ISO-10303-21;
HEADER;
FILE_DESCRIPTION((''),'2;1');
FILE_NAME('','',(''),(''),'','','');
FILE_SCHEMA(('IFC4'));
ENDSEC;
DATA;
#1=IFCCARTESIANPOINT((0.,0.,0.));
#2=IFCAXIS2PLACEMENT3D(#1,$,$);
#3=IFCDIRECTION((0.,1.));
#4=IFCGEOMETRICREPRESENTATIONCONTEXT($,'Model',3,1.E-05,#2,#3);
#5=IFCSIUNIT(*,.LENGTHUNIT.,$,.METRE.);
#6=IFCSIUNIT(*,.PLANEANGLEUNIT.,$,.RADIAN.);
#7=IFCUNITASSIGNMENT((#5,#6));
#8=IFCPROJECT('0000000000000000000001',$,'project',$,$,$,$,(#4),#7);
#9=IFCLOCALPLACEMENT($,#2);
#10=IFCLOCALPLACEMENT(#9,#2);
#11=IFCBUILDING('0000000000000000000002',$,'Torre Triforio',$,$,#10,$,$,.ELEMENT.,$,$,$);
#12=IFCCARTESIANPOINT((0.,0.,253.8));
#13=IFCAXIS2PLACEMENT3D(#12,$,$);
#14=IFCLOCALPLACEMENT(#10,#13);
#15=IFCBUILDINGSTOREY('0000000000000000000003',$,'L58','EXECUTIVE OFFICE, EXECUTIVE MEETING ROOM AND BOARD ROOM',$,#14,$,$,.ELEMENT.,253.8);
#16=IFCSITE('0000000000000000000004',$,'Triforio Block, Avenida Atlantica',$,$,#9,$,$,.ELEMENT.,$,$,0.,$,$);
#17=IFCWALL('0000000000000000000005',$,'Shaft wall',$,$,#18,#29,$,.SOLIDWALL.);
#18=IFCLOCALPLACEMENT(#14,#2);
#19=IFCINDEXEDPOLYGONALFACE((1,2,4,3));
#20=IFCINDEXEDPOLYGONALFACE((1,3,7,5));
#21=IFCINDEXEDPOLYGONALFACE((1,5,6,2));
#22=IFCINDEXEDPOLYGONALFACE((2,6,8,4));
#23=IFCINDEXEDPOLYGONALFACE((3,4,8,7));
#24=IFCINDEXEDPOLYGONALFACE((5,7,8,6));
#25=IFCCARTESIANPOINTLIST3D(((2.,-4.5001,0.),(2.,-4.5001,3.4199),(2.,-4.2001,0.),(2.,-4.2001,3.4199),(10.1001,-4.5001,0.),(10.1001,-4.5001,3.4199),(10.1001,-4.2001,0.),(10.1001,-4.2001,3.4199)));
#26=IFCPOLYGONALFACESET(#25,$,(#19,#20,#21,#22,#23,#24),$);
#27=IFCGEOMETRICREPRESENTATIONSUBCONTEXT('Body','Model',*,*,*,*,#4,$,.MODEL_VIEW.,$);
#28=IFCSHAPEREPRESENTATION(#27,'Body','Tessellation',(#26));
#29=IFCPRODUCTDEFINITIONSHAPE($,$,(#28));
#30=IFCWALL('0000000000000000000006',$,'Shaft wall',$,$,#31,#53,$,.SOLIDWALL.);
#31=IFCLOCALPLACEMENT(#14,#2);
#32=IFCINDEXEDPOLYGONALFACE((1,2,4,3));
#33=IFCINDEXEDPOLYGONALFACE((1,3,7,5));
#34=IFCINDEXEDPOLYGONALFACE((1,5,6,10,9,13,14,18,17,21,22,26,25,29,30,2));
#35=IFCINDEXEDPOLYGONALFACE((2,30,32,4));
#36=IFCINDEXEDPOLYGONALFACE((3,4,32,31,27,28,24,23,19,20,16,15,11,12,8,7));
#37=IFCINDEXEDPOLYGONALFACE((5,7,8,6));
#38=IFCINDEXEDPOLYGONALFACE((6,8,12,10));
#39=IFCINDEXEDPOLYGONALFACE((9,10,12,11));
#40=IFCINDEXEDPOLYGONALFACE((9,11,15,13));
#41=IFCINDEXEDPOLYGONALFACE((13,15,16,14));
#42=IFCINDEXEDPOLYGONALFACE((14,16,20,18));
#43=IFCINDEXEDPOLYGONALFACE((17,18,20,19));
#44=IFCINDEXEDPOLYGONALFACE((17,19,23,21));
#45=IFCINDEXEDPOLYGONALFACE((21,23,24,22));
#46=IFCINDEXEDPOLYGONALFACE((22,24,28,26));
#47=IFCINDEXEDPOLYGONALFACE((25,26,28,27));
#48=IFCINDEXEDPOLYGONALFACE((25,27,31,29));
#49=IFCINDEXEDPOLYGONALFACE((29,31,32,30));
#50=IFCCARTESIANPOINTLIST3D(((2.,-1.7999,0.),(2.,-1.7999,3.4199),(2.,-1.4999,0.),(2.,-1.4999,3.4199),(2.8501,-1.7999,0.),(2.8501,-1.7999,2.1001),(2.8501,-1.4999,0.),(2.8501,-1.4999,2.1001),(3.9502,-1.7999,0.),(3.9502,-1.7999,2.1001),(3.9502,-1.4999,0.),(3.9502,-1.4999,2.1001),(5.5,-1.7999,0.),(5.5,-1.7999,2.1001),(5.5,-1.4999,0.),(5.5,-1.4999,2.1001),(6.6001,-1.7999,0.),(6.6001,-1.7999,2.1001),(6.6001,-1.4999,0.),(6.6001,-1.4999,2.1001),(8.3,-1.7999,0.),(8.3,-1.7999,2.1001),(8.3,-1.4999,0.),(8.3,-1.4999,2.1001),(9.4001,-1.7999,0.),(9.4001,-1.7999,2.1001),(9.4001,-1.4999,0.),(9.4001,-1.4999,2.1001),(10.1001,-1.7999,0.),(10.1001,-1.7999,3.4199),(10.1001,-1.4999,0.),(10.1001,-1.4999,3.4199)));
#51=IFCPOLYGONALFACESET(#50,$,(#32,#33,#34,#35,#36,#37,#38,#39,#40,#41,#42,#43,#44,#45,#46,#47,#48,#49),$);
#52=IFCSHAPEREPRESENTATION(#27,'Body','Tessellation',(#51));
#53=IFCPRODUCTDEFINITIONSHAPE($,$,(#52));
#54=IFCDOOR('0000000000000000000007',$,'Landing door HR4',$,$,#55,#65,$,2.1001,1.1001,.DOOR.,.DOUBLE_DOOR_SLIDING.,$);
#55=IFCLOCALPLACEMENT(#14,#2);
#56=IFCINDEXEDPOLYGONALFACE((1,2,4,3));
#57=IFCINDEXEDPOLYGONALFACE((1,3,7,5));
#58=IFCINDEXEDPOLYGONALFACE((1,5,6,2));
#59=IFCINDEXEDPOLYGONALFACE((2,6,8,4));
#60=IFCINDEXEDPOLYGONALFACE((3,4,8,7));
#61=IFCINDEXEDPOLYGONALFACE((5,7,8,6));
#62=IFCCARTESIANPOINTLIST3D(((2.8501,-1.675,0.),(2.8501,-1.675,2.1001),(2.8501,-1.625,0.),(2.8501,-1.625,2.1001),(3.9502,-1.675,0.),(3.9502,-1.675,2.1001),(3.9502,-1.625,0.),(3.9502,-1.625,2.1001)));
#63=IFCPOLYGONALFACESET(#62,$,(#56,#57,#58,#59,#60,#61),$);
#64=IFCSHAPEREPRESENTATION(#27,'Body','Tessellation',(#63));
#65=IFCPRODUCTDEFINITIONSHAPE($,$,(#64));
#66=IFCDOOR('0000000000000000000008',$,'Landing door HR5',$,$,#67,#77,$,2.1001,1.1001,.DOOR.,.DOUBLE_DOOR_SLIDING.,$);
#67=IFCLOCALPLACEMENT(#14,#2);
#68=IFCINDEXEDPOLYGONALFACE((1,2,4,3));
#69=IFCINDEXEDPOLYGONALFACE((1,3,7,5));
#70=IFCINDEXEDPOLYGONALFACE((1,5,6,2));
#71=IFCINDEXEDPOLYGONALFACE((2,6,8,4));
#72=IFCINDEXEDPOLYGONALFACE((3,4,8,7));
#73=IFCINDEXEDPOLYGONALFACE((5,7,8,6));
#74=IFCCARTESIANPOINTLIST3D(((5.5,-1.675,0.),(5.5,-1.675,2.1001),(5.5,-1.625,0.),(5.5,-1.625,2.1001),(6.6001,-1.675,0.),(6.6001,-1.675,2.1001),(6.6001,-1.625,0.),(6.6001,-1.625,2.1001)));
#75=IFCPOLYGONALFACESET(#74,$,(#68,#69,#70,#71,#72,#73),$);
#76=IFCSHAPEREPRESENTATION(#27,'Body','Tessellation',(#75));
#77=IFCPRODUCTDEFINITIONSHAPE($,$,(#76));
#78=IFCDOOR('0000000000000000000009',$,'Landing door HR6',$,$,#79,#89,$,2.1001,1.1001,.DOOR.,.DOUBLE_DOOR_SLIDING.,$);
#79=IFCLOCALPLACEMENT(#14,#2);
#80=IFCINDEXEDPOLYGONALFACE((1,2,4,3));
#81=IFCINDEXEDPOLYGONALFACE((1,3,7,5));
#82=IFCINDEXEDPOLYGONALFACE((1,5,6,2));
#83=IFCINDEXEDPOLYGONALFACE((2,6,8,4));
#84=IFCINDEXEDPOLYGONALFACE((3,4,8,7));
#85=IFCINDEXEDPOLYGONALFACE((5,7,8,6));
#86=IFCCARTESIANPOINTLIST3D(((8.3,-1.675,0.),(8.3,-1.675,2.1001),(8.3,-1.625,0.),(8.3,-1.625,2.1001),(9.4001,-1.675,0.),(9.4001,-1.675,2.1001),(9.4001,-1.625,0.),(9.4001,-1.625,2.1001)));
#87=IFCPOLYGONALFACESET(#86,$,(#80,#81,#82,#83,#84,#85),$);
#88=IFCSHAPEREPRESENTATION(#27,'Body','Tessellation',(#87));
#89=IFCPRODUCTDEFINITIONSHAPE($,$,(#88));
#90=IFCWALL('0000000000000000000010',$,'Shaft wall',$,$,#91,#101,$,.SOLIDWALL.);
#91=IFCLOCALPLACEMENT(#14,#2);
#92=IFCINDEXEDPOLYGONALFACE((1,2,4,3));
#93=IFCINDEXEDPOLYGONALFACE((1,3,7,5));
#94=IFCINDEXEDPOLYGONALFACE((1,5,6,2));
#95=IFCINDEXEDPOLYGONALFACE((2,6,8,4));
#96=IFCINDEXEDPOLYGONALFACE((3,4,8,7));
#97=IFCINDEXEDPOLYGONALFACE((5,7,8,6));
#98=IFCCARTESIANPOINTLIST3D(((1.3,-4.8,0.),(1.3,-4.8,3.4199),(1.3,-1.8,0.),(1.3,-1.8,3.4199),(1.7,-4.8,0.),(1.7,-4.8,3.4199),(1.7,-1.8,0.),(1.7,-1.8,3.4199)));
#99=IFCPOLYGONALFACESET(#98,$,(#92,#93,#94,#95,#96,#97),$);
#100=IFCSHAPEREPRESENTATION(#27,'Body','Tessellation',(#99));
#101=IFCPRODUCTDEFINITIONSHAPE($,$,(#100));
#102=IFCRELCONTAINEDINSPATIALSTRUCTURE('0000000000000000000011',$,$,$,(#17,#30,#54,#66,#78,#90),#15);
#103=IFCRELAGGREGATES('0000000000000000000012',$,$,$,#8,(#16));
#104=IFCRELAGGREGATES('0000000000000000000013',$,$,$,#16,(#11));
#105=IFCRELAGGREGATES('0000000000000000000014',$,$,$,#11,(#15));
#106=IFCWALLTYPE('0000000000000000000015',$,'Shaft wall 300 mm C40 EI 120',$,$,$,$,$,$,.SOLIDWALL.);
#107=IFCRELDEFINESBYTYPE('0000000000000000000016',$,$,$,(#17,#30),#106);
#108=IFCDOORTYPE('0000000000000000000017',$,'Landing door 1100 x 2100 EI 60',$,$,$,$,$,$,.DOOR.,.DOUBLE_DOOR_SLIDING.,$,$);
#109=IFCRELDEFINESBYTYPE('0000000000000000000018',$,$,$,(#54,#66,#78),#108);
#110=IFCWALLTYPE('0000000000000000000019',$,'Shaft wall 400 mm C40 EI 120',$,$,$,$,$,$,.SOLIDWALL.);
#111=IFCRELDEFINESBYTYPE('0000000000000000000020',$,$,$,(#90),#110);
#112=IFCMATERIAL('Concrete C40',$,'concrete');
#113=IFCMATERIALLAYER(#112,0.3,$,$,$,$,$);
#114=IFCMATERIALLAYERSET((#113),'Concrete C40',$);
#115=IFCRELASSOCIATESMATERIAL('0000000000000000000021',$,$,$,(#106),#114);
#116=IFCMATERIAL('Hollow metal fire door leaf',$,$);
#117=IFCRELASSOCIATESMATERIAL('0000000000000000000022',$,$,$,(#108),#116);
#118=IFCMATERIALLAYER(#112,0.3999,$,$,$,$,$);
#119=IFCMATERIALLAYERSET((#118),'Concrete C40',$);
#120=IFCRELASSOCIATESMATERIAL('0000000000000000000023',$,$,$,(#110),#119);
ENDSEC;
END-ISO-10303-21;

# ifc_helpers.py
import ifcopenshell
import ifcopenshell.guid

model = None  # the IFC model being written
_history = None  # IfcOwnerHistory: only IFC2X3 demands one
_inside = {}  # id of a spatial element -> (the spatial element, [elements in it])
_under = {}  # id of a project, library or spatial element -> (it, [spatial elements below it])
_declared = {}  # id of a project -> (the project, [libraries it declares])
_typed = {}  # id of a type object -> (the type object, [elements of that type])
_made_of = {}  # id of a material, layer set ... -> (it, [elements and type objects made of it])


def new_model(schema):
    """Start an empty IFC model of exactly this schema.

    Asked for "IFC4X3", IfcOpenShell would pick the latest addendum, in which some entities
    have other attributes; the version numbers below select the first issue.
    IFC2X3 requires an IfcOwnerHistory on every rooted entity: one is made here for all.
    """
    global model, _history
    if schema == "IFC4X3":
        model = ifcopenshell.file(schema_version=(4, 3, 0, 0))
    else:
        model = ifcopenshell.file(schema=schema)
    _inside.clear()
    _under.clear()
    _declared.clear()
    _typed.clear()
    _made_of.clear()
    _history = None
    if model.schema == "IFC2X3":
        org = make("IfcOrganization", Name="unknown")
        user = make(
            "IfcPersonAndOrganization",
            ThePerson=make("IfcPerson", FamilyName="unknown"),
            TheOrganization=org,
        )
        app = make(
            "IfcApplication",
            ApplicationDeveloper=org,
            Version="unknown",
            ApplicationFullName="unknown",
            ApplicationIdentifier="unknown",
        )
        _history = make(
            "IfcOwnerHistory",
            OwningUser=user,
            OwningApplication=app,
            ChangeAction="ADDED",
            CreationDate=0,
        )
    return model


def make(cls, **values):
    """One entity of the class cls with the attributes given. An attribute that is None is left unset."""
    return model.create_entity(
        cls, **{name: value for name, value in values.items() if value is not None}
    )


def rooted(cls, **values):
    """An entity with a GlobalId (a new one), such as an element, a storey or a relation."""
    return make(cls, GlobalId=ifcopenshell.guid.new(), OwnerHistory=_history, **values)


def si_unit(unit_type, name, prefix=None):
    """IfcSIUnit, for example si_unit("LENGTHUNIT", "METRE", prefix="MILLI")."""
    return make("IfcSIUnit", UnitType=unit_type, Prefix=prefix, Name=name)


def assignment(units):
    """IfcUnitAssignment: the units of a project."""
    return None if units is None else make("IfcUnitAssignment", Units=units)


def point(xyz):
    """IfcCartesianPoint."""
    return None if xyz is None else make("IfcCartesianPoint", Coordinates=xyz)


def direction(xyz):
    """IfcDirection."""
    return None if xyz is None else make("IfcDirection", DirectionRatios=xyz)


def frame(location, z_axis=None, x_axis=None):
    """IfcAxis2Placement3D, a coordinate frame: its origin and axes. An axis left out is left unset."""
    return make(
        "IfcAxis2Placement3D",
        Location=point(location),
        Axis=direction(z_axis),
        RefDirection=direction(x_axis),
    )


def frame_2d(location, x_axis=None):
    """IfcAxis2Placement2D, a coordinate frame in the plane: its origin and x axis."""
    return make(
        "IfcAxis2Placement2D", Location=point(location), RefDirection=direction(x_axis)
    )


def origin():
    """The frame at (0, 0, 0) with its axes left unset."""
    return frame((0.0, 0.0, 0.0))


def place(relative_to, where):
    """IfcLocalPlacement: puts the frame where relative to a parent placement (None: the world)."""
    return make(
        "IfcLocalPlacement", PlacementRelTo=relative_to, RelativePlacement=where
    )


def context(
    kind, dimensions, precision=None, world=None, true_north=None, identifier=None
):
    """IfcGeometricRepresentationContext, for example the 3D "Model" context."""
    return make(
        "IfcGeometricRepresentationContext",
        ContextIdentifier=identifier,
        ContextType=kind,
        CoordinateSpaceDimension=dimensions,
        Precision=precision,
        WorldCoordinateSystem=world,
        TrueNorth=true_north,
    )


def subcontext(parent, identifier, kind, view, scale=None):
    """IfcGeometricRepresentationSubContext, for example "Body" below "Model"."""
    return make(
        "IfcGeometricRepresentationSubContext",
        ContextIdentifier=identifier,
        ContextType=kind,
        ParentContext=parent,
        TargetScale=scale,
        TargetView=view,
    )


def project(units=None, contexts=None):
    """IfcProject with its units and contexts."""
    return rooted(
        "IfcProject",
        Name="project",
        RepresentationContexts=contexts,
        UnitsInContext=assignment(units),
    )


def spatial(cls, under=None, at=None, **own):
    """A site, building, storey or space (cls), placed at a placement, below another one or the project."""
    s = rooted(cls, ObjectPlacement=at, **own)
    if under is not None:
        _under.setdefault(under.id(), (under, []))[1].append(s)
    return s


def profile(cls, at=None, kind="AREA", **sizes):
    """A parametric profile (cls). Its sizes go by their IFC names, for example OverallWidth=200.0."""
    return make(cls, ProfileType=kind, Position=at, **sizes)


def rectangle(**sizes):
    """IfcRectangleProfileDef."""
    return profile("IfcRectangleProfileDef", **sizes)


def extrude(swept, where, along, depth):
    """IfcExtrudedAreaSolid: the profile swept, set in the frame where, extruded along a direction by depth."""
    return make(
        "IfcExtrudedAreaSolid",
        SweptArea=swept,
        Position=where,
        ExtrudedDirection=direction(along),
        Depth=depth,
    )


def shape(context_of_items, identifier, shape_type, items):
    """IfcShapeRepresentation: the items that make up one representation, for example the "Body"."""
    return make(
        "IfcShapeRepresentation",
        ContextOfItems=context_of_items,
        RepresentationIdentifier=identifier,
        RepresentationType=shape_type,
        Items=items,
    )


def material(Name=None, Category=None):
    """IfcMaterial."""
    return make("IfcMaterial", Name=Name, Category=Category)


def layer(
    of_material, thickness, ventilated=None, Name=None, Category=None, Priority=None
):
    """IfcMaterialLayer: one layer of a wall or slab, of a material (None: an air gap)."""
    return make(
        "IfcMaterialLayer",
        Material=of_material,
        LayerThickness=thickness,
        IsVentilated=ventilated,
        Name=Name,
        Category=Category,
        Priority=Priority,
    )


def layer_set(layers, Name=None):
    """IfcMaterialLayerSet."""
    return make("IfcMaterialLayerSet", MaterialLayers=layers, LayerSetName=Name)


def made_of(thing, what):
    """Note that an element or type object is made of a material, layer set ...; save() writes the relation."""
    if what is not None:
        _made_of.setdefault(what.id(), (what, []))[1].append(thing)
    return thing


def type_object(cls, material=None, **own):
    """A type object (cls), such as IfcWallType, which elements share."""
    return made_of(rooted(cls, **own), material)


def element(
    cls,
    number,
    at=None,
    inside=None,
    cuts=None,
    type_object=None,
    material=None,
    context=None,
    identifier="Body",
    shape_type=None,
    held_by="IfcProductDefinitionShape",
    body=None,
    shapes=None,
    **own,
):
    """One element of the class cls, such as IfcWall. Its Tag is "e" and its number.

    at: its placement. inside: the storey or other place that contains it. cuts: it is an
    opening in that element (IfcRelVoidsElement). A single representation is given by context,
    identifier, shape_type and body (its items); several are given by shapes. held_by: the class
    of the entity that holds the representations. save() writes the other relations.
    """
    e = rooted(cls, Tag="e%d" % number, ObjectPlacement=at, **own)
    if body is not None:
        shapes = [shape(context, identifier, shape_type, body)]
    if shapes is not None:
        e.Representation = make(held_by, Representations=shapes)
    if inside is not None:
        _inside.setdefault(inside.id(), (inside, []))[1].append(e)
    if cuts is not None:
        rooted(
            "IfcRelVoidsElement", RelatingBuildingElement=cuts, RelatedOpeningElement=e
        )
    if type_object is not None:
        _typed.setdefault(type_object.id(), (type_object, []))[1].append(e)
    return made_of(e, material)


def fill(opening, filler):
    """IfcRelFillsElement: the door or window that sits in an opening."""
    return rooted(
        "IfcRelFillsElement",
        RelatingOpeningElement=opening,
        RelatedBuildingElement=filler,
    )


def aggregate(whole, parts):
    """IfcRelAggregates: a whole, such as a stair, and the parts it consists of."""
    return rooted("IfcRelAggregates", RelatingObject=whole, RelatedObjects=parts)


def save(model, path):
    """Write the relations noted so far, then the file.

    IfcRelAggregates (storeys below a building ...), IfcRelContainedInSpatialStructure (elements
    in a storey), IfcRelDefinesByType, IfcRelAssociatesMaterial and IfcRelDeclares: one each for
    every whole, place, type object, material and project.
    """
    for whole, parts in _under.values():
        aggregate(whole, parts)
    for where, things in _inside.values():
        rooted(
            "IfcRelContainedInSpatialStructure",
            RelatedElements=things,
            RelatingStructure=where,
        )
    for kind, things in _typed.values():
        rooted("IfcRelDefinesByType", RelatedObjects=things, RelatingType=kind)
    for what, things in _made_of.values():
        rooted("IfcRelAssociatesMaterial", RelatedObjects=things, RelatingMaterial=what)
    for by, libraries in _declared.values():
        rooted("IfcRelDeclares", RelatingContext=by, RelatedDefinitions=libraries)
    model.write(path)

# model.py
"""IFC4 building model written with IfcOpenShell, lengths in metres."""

from ifc_helpers import new_model, si_unit, direction, frame, frame_2d, origin, place, context, subcontext, project, spatial, rectangle, extrude, material, layer, layer_set, type_object, element, fill, save


model = new_model("IFC4")

# Units and contexts
model_context = context("Model", 3, precision=1e-05, world=origin(), true_north=direction((0.0, 1.0)))
body_context = subcontext(model_context, "Body", "Model", "MODEL_VIEW")
ifc_project = project(units=[si_unit("LENGTHUNIT", "METRE"), si_unit("PLANEANGLEUNIT", "RADIAN")], contexts=[model_context])

# Site, building, storey
site_placement = place(None, origin())
site = spatial("IfcSite", under=ifc_project, at=site_placement, Name="Triforio Block, Avenida Atlantica", CompositionType="ELEMENT", RefElevation=0.0)
building_placement = place(site_placement, origin())
building = spatial("IfcBuilding", under=site, at=building_placement, Name="Torre Triforio", CompositionType="ELEMENT")
storey_placement = place(building_placement, frame((0.0, 0.0, 253.8)))
storey = spatial("IfcBuildingStorey", under=building, at=storey_placement, Name="L58", Description="EXECUTIVE OFFICE, EXECUTIVE MEETING ROOM AND BOARD ROOM", CompositionType="ELEMENT", Elevation=253.8)

# Shared definitions
ifc_material_1 = material(Name="Concrete C40", Category="concrete")

# Wall
ifc_layer_1 = layer(ifc_material_1, 0.3)
ifc_layer_set_1 = layer_set([ifc_layer_1], Name="Concrete C40")
wall_type_1 = type_object("IfcWallType", Name="Shaft wall 300 mm C40 EI 120", PredefinedType="SOLIDWALL", material=ifc_layer_set_1)
wall_1_placement = place(storey_placement, frame((2.0, -4.3501, 0.0), z_axis=(0.0, 0.0, 1.0), x_axis=(1.0, 0.0, 0.0)))
element("IfcWall", 1, at=wall_1_placement, inside=storey, type_object=wall_type_1, Name="Shaft wall", PredefinedType="SOLIDWALL", context=body_context, shape_type="SweptSolid", body=[
    extrude(rectangle(XDim=8.1001, YDim=0.3, at=frame_2d((4.05, 0.0))), origin(), (0.0, 0.0, 1.0), 3.4199),
])

# Wall, openings, doors
wall_2_placement = place(storey_placement, frame((2.0, -1.6499, 0.0), z_axis=(0.0, 0.0, 1.0), x_axis=(1.0, 0.0, 0.0)))
wall_2 = element("IfcWall", 2, at=wall_2_placement, inside=storey, type_object=wall_type_1, Name="Shaft wall", PredefinedType="SOLIDWALL", context=body_context, shape_type="SweptSolid", body=[
    extrude(rectangle(XDim=8.1001, YDim=0.3, at=frame_2d((4.05, 0.0))), origin(), (0.0, 0.0, 1.0), 3.4199),
])
opening_1_placement = place(wall_2_placement, frame((0.8501, 0.0, 0.0)))
opening_1 = element("IfcOpeningElement", 3, at=opening_1_placement, cuts=wall_2, PredefinedType="OPENING", context=body_context, shape_type="SweptSolid", body=[
    extrude(rectangle(XDim=1.1001, YDim=2.1001, at=frame_2d((0.55, 1.05))), frame((0.0, 0.1599, 0.0), z_axis=(0.0, -1.0, 0.0), x_axis=(1.0, 0.0, 0.0)), (0.0, 0.0, 1.0), 0.3201),
])
opening_2_placement = place(wall_2_placement, frame((3.5, 0.0, 0.0)))
opening_2 = element("IfcOpeningElement", 4, at=opening_2_placement, cuts=wall_2, PredefinedType="OPENING", context=body_context, shape_type="SweptSolid", body=[
    extrude(rectangle(XDim=1.1001, YDim=2.1001, at=frame_2d((0.55, 1.05))), frame((0.0, 0.1599, 0.0), z_axis=(0.0, -1.0, 0.0), x_axis=(1.0, 0.0, 0.0)), (0.0, 0.0, 1.0), 0.3201),
])
opening_3_placement = place(wall_2_placement, frame((6.3, 0.0, 0.0)))
opening_3 = element("IfcOpeningElement", 5, at=opening_3_placement, cuts=wall_2, PredefinedType="OPENING", context=body_context, shape_type="SweptSolid", body=[
    extrude(rectangle(XDim=1.1001, YDim=2.1001, at=frame_2d((0.55, 1.05))), frame((0.0, 0.1599, 0.0), z_axis=(0.0, -1.0, 0.0), x_axis=(1.0, 0.0, 0.0)), (0.0, 0.0, 1.0), 0.3201),
])
ifc_material_2 = material(Name="Hollow metal fire door leaf")
door_type = type_object("IfcDoorType", Name="Landing door 1100 x 2100 EI 60", OperationType="DOUBLE_DOOR_SLIDING", PredefinedType="DOOR", material=ifc_material_2)
door_1_placement = place(opening_1_placement, origin())
door_1 = element("IfcDoor", 6, at=door_1_placement, inside=storey, type_object=door_type, Name="Landing door HR4", OperationType="DOUBLE_DOOR_SLIDING", OverallHeight=2.1001, OverallWidth=1.1001, PredefinedType="DOOR", context=body_context, shape_type="SweptSolid", body=[
    extrude(rectangle(XDim=1.1001, YDim=2.1001, at=frame_2d((0.55, 1.05))), frame((0.0, 0.0249, 0.0), z_axis=(0.0, -1.0, 0.0), x_axis=(1.0, 0.0, 0.0)), (0.0, 0.0, 1.0), 0.05),
])
fill(opening_1, door_1)
door_2_placement = place(opening_2_placement, origin())
door_2 = element("IfcDoor", 7, at=door_2_placement, inside=storey, type_object=door_type, Name="Landing door HR5", OperationType="DOUBLE_DOOR_SLIDING", OverallHeight=2.1001, OverallWidth=1.1001, PredefinedType="DOOR", context=body_context, shape_type="SweptSolid", body=[
    extrude(rectangle(XDim=1.1001, YDim=2.1001, at=frame_2d((0.55, 1.05))), frame((0.0, 0.0249, 0.0), z_axis=(0.0, -1.0, 0.0), x_axis=(1.0, 0.0, 0.0)), (0.0, 0.0, 1.0), 0.05),
])
fill(opening_2, door_2)
door_3_placement = place(opening_3_placement, origin())
door_3 = element("IfcDoor", 8, at=door_3_placement, inside=storey, type_object=door_type, Name="Landing door HR6", OperationType="DOUBLE_DOOR_SLIDING", OverallHeight=2.1001, OverallWidth=1.1001, PredefinedType="DOOR", context=body_context, shape_type="SweptSolid", body=[
    extrude(rectangle(XDim=1.1001, YDim=2.1001, at=frame_2d((0.55, 1.05))), frame((0.0, 0.0249, 0.0), z_axis=(0.0, -1.0, 0.0), x_axis=(1.0, 0.0, 0.0)), (0.0, 0.0, 1.0), 0.05),
])
fill(opening_3, door_3)

# Wall
ifc_layer_2 = layer(ifc_material_1, 0.3999)
ifc_layer_set_2 = layer_set([ifc_layer_2], Name="Concrete C40")
wall_type_2 = type_object("IfcWallType", Name="Shaft wall 400 mm C40 EI 120", PredefinedType="SOLIDWALL", material=ifc_layer_set_2)
wall_3_placement = place(storey_placement, frame((1.5, -4.8, 0.0), z_axis=(0.0, 0.0, 1.0), x_axis=(0.0, 1.0, 0.0)))
element("IfcWall", 9, at=wall_3_placement, inside=storey, type_object=wall_type_2, Name="Shaft wall", PredefinedType="SOLIDWALL", context=body_context, shape_type="SweptSolid", body=[
    extrude(rectangle(XDim=3.0, YDim=0.3999, at=frame_2d((1.5, 0.0))), origin(), (0.0, 0.0, 1.0), 3.4199),
])

save(model, "model.ifc")
